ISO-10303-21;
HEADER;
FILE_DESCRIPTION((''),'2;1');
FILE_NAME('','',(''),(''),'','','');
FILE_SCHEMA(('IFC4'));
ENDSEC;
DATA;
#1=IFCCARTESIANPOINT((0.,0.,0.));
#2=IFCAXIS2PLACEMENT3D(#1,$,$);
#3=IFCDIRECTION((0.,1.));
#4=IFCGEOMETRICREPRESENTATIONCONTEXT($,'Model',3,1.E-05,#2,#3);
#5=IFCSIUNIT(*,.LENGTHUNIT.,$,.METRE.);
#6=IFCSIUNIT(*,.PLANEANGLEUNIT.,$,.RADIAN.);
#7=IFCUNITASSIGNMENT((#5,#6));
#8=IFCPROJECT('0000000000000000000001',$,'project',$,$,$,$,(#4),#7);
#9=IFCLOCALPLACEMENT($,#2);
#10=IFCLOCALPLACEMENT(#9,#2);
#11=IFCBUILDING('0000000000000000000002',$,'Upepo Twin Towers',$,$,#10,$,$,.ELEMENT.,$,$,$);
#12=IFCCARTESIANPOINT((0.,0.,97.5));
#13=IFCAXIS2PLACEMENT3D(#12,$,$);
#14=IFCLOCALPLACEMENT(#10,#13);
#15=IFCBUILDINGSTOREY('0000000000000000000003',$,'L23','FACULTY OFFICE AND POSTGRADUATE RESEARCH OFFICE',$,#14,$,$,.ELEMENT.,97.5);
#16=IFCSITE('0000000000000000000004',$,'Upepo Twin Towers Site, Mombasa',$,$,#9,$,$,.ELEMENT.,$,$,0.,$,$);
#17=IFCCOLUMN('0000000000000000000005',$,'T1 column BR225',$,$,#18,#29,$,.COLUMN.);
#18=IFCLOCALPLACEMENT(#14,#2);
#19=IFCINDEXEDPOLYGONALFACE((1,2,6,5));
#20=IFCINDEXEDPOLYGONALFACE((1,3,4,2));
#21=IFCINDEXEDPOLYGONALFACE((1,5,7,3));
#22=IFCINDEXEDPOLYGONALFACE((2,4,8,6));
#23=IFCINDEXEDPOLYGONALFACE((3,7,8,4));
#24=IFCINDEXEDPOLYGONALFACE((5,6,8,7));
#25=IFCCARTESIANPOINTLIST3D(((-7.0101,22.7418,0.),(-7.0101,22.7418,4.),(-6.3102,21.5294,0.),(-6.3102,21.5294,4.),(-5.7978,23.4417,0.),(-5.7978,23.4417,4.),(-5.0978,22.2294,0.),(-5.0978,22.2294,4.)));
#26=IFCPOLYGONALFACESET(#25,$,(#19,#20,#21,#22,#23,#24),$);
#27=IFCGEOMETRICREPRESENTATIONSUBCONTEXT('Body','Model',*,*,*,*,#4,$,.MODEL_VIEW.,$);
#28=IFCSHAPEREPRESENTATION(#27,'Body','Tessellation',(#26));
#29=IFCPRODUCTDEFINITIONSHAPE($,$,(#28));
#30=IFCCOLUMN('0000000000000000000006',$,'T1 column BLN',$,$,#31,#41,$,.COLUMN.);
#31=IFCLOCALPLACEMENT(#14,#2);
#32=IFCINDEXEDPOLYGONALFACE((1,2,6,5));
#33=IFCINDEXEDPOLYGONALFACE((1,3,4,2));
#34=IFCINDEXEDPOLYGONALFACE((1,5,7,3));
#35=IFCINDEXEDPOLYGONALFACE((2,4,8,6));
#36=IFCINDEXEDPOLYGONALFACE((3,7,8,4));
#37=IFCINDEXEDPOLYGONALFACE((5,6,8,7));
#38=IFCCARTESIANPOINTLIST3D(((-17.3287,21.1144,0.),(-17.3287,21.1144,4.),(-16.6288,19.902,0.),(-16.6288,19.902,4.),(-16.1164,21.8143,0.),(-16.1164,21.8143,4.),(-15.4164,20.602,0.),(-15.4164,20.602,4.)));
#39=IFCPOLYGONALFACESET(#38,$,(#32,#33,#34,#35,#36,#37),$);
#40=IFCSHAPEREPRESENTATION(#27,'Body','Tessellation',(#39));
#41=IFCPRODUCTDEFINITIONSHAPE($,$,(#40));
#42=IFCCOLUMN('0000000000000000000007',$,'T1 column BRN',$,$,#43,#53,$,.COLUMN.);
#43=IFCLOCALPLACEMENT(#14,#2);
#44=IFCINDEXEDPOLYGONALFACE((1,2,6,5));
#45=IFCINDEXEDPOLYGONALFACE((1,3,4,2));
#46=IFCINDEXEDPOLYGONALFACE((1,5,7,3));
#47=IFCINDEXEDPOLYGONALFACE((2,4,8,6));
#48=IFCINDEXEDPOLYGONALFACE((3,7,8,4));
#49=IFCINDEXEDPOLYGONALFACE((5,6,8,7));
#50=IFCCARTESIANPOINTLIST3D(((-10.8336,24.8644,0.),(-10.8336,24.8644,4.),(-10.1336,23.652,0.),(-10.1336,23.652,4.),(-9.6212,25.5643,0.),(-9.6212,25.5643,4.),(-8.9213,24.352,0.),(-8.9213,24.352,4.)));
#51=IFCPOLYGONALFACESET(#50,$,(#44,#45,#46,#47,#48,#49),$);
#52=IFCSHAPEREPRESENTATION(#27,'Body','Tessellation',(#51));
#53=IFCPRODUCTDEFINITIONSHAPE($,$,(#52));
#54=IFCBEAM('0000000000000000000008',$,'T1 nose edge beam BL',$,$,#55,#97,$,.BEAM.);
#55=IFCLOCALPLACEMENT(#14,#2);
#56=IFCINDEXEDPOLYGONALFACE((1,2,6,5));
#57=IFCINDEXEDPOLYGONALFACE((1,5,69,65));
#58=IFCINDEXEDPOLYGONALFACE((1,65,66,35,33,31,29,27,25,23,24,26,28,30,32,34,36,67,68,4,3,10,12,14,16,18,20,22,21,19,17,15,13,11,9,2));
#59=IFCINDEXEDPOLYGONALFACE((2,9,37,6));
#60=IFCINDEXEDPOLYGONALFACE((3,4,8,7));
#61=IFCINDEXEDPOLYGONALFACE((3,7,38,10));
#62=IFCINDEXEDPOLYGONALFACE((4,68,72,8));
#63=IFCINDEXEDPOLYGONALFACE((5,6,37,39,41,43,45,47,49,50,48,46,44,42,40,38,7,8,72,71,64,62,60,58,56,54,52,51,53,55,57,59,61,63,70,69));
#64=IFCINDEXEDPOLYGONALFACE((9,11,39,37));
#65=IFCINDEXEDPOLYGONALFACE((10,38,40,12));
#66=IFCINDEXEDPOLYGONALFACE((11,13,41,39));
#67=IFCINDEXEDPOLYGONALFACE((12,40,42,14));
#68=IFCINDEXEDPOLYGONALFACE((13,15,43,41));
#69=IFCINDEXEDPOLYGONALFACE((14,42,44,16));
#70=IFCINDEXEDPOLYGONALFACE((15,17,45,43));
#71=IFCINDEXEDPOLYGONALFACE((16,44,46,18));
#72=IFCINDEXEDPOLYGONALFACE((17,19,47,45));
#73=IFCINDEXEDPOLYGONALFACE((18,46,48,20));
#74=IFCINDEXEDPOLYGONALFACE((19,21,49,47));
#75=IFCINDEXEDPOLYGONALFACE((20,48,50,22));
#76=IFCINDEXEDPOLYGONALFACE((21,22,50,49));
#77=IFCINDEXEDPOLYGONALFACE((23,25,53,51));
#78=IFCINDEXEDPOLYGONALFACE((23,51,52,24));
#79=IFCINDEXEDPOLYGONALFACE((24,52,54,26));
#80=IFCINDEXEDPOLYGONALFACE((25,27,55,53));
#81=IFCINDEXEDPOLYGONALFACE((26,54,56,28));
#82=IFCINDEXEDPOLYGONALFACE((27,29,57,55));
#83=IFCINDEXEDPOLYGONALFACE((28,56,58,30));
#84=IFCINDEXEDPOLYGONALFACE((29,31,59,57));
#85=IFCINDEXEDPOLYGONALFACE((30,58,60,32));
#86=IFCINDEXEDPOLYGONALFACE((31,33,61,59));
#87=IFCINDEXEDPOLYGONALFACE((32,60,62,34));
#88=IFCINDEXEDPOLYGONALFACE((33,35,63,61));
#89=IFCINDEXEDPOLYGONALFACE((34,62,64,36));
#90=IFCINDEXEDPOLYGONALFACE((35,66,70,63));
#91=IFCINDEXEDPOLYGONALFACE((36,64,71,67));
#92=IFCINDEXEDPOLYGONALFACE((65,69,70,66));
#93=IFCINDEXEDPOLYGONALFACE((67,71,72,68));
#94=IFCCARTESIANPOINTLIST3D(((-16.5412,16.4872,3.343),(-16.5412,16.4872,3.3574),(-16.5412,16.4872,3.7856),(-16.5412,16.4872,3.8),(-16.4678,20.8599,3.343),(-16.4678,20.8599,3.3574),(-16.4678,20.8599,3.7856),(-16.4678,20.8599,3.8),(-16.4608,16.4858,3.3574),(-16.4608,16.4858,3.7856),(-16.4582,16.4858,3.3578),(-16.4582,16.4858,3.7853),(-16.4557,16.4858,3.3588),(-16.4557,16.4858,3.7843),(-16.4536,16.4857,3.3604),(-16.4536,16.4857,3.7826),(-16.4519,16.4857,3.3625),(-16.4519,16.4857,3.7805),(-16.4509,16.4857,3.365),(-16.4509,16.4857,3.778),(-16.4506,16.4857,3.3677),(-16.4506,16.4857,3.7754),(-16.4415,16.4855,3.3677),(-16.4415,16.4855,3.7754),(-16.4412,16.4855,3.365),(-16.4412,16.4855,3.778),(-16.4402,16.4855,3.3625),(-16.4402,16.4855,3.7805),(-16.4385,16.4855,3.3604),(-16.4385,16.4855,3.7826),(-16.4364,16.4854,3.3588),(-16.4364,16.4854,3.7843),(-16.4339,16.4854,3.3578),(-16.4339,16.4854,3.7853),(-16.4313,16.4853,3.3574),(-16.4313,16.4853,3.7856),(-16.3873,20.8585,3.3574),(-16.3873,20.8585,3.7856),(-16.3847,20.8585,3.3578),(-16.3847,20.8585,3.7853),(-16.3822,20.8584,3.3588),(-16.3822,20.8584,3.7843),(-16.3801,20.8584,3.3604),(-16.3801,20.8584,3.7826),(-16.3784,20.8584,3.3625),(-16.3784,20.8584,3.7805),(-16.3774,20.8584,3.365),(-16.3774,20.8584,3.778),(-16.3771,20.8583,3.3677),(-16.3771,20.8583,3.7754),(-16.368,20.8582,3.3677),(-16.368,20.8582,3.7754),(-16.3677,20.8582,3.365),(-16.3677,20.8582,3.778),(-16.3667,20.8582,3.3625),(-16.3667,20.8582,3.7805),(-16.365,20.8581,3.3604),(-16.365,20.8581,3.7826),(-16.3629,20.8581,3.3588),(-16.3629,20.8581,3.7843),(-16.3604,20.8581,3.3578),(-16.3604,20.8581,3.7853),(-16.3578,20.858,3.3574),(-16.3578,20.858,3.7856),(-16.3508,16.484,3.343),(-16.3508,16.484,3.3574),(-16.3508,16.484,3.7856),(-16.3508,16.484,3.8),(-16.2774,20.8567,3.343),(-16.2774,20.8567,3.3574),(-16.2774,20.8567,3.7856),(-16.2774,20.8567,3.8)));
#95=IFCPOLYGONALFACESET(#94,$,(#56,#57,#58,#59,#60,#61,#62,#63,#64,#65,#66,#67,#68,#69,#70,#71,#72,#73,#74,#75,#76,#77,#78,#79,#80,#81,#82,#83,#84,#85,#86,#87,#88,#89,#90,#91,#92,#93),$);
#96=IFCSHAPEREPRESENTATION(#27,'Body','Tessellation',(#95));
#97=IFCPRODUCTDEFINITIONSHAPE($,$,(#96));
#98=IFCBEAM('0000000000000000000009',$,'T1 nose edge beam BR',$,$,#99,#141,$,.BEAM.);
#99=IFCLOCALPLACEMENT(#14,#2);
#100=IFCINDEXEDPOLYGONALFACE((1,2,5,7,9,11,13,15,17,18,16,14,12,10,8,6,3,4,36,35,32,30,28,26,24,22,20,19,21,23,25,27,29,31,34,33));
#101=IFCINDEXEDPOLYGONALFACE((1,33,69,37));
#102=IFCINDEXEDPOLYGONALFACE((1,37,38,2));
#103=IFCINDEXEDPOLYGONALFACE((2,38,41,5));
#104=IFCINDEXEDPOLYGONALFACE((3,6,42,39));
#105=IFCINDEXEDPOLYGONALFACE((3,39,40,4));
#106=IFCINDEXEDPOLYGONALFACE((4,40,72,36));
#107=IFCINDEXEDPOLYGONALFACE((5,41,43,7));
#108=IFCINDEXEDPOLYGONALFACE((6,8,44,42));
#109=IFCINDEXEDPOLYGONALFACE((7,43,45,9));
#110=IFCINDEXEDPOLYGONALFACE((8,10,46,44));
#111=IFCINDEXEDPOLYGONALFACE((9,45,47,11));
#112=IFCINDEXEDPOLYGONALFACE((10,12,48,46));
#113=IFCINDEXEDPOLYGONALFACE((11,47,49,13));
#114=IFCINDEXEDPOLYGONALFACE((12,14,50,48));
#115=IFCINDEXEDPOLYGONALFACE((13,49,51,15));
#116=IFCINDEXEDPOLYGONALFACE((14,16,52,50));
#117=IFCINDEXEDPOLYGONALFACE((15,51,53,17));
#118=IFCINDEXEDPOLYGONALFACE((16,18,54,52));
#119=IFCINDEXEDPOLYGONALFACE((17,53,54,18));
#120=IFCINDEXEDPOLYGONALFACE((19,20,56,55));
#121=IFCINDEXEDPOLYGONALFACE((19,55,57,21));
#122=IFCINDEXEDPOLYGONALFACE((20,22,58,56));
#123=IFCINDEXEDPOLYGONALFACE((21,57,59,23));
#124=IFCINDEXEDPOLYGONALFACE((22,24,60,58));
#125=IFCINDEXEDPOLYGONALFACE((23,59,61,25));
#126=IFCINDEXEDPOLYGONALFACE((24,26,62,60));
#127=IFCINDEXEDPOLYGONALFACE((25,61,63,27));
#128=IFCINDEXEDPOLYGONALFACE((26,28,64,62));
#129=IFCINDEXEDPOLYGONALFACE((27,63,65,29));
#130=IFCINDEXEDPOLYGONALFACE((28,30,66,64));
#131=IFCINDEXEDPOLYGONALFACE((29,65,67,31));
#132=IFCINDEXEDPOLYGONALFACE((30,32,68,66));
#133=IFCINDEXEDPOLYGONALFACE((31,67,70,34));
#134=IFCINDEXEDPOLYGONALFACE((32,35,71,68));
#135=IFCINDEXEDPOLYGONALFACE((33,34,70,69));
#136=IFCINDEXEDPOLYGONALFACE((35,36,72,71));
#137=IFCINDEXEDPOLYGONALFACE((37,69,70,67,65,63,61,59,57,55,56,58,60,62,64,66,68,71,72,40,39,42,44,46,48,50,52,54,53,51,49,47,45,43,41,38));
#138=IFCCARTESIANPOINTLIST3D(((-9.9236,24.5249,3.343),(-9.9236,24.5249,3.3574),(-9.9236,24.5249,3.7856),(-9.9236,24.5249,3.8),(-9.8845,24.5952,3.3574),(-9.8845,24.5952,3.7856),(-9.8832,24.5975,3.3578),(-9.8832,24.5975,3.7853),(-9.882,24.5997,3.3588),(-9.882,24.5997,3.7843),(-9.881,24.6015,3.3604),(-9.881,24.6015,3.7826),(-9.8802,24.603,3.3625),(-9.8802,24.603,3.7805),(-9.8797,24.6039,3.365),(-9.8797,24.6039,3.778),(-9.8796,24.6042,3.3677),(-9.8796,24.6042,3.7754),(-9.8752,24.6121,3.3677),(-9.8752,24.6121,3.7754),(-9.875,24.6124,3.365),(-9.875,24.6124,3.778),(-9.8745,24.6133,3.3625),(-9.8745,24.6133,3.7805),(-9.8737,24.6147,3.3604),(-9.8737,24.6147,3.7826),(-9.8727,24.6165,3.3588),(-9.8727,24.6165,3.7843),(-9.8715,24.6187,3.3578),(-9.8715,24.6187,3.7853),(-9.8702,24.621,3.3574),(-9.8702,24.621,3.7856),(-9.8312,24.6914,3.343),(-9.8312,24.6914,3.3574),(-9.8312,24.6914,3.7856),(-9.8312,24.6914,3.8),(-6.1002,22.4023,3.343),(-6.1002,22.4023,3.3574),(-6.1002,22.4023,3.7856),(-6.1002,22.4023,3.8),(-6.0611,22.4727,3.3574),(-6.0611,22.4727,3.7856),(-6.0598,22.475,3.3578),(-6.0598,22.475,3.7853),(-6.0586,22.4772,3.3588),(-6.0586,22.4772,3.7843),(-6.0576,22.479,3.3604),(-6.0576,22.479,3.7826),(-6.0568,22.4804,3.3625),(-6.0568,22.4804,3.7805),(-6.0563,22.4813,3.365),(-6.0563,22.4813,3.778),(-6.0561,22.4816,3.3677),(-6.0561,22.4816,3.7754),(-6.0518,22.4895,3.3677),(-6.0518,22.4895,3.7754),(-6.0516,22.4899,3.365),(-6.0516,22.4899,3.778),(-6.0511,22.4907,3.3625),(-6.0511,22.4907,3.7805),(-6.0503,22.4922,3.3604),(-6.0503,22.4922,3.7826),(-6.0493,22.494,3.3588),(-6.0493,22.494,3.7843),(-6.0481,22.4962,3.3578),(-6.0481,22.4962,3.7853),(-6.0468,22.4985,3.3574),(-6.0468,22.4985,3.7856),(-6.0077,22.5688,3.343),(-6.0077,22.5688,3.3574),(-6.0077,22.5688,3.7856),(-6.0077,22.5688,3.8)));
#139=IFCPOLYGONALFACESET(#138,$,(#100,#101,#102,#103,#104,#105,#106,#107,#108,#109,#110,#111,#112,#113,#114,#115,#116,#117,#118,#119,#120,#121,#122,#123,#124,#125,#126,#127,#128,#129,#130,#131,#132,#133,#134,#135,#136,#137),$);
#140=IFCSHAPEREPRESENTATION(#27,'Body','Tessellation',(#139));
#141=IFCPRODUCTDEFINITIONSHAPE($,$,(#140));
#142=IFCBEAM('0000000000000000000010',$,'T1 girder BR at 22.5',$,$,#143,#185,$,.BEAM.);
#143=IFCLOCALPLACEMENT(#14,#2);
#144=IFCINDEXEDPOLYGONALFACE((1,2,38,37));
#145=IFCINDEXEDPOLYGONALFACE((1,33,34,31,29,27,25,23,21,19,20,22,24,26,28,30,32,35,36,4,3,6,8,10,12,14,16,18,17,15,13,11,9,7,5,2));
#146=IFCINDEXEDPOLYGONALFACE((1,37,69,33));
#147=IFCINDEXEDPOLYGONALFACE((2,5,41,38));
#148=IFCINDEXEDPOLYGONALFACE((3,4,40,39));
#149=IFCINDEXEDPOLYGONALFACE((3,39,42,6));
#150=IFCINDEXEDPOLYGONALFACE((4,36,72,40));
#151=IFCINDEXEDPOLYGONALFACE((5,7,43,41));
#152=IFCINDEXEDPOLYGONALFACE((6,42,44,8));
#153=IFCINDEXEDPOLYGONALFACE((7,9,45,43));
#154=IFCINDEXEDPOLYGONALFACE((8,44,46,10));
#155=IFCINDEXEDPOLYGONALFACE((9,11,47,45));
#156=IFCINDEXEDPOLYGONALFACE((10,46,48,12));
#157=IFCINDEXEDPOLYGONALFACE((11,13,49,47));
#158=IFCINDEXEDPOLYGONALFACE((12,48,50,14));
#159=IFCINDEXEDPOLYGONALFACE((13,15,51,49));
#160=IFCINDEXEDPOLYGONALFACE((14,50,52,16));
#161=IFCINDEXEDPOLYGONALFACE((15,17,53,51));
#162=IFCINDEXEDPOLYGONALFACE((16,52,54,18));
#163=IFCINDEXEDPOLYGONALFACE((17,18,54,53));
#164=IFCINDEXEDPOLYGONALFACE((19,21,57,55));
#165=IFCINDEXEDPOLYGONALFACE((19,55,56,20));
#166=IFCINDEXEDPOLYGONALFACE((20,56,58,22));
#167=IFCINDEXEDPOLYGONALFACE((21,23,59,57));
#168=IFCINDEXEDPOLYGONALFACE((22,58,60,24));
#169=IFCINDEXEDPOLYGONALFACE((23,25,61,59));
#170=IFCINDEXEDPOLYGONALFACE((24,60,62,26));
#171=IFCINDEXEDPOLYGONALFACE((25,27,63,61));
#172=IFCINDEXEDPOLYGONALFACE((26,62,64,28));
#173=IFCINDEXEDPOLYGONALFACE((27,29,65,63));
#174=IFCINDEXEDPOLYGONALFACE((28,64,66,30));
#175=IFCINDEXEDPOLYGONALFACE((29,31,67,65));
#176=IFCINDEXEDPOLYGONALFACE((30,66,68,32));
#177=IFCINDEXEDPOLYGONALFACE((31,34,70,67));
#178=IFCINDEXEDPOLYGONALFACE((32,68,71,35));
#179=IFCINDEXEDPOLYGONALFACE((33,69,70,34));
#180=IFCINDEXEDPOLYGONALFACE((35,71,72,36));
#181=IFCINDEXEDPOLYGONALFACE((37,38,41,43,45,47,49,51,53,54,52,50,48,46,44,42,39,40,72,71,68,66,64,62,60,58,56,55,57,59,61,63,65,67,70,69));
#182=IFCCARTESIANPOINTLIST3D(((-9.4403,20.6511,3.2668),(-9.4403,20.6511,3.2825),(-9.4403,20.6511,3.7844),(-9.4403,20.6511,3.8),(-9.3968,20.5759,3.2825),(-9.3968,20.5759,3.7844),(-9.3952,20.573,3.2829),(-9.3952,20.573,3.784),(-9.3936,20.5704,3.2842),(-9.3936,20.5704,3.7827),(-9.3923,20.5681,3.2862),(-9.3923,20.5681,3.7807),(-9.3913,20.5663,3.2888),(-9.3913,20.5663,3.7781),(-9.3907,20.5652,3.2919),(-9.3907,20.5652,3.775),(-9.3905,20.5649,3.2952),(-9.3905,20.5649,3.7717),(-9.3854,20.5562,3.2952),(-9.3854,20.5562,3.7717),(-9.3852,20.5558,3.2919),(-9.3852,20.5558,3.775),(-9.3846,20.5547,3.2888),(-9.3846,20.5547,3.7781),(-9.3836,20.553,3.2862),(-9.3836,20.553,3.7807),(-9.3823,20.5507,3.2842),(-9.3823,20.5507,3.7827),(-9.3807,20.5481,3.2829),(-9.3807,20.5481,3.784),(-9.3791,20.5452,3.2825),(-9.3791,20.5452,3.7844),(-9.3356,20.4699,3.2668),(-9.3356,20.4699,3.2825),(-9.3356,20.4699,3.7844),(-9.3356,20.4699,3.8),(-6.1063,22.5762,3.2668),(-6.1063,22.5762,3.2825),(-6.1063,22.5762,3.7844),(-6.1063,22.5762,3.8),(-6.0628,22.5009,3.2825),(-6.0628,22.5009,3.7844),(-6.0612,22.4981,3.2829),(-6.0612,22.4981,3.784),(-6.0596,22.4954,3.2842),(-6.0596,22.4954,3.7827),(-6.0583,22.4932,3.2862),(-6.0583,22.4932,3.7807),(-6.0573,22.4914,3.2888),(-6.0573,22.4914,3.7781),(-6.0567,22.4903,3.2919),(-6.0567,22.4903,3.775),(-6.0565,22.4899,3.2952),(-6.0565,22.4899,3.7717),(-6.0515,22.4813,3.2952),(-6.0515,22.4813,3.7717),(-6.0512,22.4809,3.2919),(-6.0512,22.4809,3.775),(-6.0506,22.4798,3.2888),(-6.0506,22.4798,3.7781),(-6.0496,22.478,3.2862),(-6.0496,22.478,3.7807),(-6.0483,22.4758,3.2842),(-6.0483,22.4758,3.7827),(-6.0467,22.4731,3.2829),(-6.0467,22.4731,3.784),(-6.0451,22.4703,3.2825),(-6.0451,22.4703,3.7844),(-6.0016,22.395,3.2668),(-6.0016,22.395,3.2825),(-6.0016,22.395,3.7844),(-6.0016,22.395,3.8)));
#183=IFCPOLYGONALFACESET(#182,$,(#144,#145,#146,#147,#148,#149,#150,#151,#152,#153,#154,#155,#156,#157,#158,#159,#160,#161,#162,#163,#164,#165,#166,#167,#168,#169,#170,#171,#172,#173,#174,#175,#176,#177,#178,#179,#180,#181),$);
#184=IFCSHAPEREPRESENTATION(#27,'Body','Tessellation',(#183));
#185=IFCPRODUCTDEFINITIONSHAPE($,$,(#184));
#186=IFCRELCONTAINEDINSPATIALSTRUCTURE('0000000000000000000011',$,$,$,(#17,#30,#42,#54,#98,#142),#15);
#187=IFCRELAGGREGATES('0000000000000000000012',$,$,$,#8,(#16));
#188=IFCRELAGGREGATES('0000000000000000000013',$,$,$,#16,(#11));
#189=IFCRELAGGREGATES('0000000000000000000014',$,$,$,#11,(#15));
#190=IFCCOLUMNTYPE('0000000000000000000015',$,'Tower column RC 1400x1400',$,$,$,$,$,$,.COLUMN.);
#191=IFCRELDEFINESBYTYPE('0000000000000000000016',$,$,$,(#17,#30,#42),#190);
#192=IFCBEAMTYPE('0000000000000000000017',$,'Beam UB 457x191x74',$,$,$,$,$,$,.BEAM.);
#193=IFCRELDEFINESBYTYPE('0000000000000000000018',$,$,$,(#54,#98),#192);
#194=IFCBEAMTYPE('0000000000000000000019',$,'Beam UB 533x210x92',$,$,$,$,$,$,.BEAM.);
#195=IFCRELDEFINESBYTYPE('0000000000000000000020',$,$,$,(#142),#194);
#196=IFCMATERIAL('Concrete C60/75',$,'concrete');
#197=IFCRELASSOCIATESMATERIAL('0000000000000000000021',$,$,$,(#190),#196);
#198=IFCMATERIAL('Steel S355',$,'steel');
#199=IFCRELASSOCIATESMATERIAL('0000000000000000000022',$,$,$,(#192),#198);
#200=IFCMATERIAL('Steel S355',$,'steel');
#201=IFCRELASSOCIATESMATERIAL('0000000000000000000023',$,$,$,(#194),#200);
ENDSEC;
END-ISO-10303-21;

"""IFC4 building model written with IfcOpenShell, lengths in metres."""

from ifc_helpers import new_model, si_unit, direction, frame, origin, origin_2d, place, context, subcontext, project, spatial, rectangle, i_section, extrude, material, material_profile, profile_set, type_object, element, save


model = new_model("IFC4")

# Units and contexts
model_context = context("Model", 3, precision=1e-05, world=origin(), true_north=direction((0.0, 1.0)))
body_context = subcontext(model_context, "Body", "Model", "MODEL_VIEW")
ifc_project = project(units=[si_unit("LENGTHUNIT", "METRE"), si_unit("PLANEANGLEUNIT", "RADIAN")], contexts=[model_context])

# Site, building, storey
site_placement = place(None, origin())
site = spatial("IfcSite", under=ifc_project, at=site_placement, Name="Upepo Twin Towers Site, Mombasa", CompositionType="ELEMENT", RefElevation=0.0)
building_placement = place(site_placement, origin())
building = spatial("IfcBuilding", under=site, at=building_placement, Name="Upepo Twin Towers", CompositionType="ELEMENT")
storey_placement = place(building_placement, frame((0.0, 0.0, 97.5)))
storey = spatial("IfcBuildingStorey", under=building, at=storey_placement, Name="L23", Description="FACULTY OFFICE AND POSTGRADUATE RESEARCH OFFICE", CompositionType="ELEMENT", Elevation=97.5)

# Columns
ifc_material_1 = material(Name="Concrete C60/75", Category="concrete")
ifc_material_profile_1 = material_profile(ifc_material_1, rectangle(XDim=1.3999, YDim=1.3999, at=origin_2d()), Name="RC 1400x1400")
ifc_profile_set_1 = profile_set([ifc_material_profile_1], Name="Concrete C60/75")
column_type = type_object("IfcColumnType", Name="Tower column RC 1400x1400", PredefinedType="COLUMN", material=ifc_profile_set_1)
for number, where, z_axis, x_axis, name in (
    (1, (-6.054, 22.4856, 0.0), (0.0, 0.0, 1.0), (0.866025, 0.5, 0.0), "T1 column BR225"),
    (2, (-16.3726, 20.8582, 0.0), (0.0, 0.0, 1.0), (0.866025, 0.5, 0.0), "T1 column BLN"),
    (3, (-9.8774, 24.6082, 0.0), (0.0, 0.0, 1.0), (0.866025, 0.5, 0.0), "T1 column BRN"),
):
    element("IfcColumn", number, at=place(storey_placement, frame(where, z_axis=z_axis, x_axis=x_axis)), inside=storey, type_object=column_type, Name=name, PredefinedType="COLUMN", context=body_context, shape_type="SweptSolid", body=[
        extrude(rectangle(XDim=1.3999, YDim=1.3999, at=origin_2d()), origin(), (0.0, 0.0, 1.0), 4.0),
    ])

# Beams
ifc_material_2 = material(Name="Steel S355", Category="steel")
ifc_material_profile_2 = material_profile(ifc_material_2, i_section(OverallWidth=0.1904, OverallDepth=0.457, WebThickness=0.009, FlangeThickness=0.0144, FilletRadius=0.0103, at=origin_2d()), Name="UB 457x191x74")
ifc_profile_set_2 = profile_set([ifc_material_profile_2], Name="Steel S355")
beam_type_1 = type_object("IfcBeamType", Name="Beam UB 457x191x74", PredefinedType="BEAM", material=ifc_profile_set_2)
beam_1_placement = place(storey_placement, frame((-16.446, 16.4856, 3.5715), z_axis=(0.016804, 0.999859, 0.0), x_axis=(-0.999859, 0.016804, 0.0)))
element("IfcBeam", 4, at=beam_1_placement, inside=storey, type_object=beam_type_1, Name="T1 nose edge beam BL", PredefinedType="BEAM", context=body_context, shape_type="SweptSolid", body=[
    extrude(i_section(OverallWidth=0.1904, OverallDepth=0.457, WebThickness=0.009, FlangeThickness=0.0144, FilletRadius=0.0103, at=origin_2d()), origin(), (0.0, 0.0, 1.0), 4.3733),
])
beam_2_placement = place(storey_placement, frame((-6.054, 22.4856, 3.5715), z_axis=(-0.874313, 0.485363, 0.0), x_axis=(-0.485363, -0.874313, 0.0)))
element("IfcBeam", 5, at=beam_2_placement, inside=storey, type_object=beam_type_1, Name="T1 nose edge beam BR", PredefinedType="BEAM", context=body_context, shape_type="SweptSolid", body=[
    extrude(i_section(OverallWidth=0.1904, OverallDepth=0.457, WebThickness=0.009, FlangeThickness=0.0144, FilletRadius=0.0103, at=origin_2d()), origin(), (0.0, 0.0, 1.0), 4.373),
])
ifc_material_3 = material(Name="Steel S355", Category="steel")
ifc_material_profile_3 = material_profile(ifc_material_3, i_section(OverallWidth=0.2092, OverallDepth=0.5332, WebThickness=0.01, FlangeThickness=0.0156, FilletRadius=0.0127, at=origin_2d()), Name="UB 533x210x92")
ifc_profile_set_3 = profile_set([ifc_material_profile_3], Name="Steel S355")
beam_type_2 = type_object("IfcBeamType", Name="Beam UB 533x210x92", PredefinedType="BEAM", material=ifc_profile_set_3)
beam_3_placement = place(storey_placement, frame((-6.054, 22.4856, 3.5334), z_axis=(-0.866006, -0.500034, 0.0), x_axis=(0.500034, -0.866006, 0.0)))
element("IfcBeam", 6, at=beam_3_placement, inside=storey, type_object=beam_type_2, Name="T1 girder BR at 22.5", PredefinedType="BEAM", context=body_context, shape_type="SweptSolid", body=[
    extrude(i_section(OverallWidth=0.2092, OverallDepth=0.5332, WebThickness=0.01, FlangeThickness=0.0156, FilletRadius=0.0127, at=origin_2d()), origin(), (0.0, 0.0, 1.0), 3.8499),
])

save(model, "model.ifc")
